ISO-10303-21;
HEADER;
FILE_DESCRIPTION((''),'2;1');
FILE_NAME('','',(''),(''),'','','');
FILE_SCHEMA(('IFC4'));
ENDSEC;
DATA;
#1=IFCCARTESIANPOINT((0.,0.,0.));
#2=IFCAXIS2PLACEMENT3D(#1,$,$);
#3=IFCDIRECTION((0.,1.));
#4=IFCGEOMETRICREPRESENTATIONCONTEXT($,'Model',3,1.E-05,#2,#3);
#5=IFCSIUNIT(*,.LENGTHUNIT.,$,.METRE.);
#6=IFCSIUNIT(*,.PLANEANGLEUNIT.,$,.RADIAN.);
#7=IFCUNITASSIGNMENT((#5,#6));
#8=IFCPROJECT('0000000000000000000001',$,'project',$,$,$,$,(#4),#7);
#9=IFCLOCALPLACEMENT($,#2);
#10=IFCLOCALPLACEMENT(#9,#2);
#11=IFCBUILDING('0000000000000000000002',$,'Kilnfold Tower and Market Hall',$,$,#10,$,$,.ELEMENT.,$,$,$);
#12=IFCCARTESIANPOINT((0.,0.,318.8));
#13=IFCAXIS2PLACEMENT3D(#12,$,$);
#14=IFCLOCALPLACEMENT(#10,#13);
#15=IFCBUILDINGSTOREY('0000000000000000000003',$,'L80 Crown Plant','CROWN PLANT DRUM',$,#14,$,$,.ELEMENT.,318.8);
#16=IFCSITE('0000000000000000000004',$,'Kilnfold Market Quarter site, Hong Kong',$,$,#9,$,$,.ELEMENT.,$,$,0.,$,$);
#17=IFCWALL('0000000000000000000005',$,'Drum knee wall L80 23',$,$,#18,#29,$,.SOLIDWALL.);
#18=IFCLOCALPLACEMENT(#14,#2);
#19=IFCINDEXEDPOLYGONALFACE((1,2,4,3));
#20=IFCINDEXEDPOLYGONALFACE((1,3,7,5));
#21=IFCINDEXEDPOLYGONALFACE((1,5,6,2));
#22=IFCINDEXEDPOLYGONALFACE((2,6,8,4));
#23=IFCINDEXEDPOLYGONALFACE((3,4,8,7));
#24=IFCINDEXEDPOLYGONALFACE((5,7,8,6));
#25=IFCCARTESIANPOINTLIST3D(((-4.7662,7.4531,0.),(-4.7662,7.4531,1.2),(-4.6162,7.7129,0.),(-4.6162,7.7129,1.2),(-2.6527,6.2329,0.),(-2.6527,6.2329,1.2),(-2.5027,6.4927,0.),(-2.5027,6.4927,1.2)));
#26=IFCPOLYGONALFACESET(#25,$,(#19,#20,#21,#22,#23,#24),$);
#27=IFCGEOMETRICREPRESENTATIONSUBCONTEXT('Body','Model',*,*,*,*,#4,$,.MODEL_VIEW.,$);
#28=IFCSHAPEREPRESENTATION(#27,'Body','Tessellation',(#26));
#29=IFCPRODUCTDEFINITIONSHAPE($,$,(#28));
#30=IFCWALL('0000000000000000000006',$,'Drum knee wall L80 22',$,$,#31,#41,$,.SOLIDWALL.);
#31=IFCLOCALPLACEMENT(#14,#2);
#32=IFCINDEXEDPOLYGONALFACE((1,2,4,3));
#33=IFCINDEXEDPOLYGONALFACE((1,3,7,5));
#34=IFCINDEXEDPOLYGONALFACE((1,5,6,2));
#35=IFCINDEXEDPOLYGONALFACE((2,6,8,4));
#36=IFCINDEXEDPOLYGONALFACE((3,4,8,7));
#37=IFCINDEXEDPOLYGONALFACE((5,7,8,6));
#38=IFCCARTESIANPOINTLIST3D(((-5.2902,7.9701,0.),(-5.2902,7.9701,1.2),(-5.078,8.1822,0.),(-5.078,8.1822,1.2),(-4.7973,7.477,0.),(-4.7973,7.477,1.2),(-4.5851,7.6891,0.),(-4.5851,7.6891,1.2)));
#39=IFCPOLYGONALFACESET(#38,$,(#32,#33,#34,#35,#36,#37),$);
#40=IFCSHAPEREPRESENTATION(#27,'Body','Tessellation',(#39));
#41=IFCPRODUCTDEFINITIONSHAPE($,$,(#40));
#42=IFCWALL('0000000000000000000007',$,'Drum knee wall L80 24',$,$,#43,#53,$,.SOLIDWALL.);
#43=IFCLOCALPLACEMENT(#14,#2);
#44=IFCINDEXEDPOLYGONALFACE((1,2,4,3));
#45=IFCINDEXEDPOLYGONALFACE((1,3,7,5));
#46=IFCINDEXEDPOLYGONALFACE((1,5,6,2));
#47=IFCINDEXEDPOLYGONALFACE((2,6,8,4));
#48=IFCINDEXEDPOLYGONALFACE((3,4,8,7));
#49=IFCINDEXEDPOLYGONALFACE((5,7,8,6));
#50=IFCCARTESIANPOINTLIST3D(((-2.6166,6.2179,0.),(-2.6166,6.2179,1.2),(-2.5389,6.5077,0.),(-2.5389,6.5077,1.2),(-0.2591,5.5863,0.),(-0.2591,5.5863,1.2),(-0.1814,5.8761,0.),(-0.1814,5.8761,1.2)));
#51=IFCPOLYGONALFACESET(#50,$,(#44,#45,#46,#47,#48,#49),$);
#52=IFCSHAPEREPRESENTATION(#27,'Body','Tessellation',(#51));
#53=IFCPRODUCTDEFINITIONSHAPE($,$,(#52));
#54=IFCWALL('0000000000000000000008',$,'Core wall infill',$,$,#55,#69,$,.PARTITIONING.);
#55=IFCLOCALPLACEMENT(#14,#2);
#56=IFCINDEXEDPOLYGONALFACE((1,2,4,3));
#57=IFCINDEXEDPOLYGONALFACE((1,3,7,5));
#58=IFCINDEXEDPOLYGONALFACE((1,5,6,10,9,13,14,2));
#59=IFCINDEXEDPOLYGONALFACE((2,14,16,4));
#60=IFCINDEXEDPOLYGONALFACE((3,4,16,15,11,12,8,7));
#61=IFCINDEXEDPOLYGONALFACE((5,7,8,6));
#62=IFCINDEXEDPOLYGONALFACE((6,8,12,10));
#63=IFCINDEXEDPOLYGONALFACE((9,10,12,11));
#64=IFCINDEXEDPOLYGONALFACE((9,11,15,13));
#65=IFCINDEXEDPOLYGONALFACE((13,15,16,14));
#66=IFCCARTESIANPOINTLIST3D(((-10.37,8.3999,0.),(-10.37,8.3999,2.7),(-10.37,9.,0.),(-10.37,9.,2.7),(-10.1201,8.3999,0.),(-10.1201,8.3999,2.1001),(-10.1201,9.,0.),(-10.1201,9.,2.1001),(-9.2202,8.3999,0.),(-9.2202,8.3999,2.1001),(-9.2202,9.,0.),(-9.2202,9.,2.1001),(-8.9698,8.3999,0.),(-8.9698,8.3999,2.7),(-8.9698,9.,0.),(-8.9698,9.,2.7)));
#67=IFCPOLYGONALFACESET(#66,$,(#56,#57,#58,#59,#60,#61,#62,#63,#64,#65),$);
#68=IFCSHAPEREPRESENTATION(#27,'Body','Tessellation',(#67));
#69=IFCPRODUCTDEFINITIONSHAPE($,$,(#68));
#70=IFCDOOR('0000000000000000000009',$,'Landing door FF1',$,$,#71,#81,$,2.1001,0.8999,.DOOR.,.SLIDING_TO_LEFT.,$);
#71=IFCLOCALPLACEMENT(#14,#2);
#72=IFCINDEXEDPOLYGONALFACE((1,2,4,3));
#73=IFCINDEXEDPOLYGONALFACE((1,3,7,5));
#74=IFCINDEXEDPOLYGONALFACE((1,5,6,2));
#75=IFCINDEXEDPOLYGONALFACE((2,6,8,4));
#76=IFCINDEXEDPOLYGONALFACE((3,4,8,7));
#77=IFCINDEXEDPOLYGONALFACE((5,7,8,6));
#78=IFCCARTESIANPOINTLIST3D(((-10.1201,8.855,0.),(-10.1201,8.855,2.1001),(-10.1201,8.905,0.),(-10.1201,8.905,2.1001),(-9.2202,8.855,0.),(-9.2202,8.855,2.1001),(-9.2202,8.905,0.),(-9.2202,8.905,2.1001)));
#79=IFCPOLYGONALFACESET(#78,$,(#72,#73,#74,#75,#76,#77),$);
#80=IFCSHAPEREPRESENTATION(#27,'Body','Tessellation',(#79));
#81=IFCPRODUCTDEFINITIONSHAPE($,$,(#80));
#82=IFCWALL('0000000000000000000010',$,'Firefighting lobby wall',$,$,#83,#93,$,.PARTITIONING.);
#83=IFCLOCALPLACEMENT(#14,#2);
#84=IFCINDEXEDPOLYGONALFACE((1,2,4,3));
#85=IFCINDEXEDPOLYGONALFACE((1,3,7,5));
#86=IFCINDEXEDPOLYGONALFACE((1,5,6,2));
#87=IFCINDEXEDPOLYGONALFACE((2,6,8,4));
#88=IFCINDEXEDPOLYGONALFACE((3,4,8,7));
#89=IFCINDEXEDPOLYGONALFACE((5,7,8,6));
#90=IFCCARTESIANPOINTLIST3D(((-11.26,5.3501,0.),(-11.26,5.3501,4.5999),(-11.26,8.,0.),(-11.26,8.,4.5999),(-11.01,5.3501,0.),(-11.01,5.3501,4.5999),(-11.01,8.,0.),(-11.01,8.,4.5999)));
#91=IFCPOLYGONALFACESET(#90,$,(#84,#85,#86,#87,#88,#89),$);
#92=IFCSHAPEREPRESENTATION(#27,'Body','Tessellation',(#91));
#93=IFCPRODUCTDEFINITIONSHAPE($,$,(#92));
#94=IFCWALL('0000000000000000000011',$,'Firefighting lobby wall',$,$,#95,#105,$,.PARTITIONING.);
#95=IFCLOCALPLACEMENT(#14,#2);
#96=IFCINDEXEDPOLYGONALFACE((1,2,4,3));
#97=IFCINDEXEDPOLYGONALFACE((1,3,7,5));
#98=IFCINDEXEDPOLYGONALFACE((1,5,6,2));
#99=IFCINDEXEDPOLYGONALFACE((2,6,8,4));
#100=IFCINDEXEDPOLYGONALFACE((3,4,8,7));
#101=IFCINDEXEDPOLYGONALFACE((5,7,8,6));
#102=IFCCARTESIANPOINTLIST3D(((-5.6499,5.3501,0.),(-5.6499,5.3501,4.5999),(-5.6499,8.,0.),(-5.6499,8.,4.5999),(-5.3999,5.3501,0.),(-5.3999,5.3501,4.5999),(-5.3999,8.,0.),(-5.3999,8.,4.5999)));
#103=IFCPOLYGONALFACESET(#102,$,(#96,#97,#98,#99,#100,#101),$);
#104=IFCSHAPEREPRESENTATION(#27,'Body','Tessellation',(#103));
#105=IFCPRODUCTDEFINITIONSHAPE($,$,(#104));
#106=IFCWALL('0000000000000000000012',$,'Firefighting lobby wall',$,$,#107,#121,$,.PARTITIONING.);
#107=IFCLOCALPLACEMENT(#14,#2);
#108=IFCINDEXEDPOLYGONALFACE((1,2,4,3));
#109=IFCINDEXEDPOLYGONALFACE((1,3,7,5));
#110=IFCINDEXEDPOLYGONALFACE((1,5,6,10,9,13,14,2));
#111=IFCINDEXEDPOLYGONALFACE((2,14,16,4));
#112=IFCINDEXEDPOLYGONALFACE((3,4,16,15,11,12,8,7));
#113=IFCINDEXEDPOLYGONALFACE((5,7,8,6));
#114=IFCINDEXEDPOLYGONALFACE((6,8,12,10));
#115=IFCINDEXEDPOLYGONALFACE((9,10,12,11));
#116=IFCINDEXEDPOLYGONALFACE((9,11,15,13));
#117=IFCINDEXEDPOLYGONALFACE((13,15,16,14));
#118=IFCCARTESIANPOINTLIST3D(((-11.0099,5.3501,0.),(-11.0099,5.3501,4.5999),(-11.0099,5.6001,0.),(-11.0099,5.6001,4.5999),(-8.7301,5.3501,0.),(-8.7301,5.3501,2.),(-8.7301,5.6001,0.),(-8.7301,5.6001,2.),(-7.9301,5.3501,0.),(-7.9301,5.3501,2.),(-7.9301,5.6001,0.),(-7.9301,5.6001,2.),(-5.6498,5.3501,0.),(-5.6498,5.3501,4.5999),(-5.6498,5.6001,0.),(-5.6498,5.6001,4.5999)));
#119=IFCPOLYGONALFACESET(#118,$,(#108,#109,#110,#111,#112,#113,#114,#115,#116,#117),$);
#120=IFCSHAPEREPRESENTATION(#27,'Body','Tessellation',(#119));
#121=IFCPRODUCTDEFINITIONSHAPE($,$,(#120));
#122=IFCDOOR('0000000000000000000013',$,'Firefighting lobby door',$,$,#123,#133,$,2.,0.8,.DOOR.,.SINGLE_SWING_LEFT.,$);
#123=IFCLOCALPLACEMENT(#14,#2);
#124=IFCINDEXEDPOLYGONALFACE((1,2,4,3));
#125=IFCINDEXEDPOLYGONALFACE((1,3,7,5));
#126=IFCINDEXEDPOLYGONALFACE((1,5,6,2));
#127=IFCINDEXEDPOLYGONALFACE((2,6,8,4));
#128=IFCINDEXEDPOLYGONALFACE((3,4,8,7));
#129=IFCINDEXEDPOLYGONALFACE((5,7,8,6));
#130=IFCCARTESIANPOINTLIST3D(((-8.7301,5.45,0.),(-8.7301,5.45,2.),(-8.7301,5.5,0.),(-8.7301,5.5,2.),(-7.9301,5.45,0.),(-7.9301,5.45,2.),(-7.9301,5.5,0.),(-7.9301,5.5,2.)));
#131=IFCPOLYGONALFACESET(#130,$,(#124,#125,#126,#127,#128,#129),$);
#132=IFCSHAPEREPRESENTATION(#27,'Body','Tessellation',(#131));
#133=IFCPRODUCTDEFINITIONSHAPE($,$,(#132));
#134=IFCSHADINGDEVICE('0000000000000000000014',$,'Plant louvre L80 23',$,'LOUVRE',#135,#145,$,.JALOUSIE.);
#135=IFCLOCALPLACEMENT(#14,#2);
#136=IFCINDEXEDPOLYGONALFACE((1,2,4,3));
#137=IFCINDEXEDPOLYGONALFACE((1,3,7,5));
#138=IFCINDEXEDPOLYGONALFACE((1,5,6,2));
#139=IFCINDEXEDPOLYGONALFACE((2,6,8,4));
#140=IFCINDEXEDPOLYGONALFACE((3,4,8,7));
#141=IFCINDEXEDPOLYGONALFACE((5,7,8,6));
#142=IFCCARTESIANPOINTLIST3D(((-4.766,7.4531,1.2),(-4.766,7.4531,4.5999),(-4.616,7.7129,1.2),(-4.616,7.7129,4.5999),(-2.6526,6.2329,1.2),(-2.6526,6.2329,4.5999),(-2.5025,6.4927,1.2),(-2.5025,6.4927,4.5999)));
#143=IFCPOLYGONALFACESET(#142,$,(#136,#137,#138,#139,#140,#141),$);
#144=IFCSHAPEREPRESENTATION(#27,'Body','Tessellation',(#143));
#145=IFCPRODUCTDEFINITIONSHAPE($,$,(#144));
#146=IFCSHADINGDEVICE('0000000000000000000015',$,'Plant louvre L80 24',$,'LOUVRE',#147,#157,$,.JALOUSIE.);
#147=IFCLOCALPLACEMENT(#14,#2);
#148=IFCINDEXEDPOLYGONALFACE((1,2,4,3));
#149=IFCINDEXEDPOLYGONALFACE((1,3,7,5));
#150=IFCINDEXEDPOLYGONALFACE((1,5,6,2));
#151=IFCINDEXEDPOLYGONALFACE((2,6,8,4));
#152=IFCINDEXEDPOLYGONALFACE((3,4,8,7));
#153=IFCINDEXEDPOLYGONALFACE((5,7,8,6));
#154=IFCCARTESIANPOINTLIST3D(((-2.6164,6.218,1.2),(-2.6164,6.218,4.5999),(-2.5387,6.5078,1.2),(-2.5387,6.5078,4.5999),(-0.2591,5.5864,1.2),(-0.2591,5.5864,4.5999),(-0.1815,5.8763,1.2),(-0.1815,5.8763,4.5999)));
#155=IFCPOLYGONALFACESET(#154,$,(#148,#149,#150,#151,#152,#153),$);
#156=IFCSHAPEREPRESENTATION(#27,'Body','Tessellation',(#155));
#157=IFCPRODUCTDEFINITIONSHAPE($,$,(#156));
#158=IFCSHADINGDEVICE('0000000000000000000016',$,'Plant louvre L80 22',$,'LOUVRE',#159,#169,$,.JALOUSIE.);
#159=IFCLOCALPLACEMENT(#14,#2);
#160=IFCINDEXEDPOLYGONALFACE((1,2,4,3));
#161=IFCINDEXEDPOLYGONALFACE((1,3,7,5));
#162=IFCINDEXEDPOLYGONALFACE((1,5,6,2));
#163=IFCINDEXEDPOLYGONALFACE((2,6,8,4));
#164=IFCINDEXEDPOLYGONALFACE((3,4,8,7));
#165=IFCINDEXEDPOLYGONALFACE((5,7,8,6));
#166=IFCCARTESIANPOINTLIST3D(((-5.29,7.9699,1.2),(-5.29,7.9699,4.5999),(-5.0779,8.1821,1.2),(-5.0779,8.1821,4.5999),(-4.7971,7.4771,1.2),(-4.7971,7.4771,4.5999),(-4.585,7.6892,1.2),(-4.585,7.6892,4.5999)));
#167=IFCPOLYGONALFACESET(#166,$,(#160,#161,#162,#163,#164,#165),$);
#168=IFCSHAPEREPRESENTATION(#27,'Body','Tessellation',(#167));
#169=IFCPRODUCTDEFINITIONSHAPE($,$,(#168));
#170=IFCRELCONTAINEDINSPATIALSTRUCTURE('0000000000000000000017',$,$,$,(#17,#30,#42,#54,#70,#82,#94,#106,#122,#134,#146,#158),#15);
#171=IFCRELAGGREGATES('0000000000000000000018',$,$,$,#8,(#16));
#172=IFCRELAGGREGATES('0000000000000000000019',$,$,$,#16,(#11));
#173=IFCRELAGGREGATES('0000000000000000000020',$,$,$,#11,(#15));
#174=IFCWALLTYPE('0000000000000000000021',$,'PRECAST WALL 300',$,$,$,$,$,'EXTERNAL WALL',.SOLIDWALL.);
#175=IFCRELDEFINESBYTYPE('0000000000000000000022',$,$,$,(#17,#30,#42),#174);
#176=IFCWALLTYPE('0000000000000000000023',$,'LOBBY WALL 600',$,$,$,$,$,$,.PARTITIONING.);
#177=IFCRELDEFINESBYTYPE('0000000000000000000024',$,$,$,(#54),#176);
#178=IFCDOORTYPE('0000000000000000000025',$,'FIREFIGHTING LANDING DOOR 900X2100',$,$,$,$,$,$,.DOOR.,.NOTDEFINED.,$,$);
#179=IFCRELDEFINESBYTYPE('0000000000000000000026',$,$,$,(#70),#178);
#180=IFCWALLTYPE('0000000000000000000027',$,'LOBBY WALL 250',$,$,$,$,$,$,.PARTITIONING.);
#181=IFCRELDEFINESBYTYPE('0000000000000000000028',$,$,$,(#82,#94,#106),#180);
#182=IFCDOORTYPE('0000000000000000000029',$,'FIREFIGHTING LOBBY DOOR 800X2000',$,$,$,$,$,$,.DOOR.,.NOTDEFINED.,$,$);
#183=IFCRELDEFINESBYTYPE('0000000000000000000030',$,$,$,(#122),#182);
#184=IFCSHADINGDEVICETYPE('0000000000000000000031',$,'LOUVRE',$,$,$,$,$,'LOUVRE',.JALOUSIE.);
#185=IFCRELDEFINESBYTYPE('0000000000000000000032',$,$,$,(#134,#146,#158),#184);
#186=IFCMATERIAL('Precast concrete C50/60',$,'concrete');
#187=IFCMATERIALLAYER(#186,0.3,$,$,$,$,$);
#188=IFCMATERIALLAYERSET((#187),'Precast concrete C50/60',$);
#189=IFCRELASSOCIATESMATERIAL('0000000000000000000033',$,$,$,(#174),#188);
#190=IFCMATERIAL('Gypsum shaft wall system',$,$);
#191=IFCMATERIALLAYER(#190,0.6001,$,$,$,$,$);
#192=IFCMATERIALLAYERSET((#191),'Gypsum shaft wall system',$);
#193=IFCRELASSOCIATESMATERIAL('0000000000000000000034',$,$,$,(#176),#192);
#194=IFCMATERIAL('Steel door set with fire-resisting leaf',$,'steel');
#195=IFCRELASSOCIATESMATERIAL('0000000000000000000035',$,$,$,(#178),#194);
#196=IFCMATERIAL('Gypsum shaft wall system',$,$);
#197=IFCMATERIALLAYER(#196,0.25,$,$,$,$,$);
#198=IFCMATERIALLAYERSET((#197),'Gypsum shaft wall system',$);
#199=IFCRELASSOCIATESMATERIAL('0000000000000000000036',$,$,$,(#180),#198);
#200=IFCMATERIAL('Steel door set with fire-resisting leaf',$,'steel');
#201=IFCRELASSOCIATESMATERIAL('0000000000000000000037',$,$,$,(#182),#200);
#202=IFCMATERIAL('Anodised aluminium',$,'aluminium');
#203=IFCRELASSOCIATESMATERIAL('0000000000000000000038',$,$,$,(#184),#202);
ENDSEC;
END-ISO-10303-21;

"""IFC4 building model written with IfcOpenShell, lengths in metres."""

from ifc_helpers import new_model, si_unit, direction, frame, frame_2d, origin, origin_2d, place, context, subcontext, project, spatial, rectangle, extrude, source, transform, mapped, material, layer, layer_set, type_object, element, fill, save


model = new_model("IFC4")

# Units and contexts
model_context = context("Model", 3, precision=1e-05, world=origin(), true_north=direction((0.0, 1.0)))
body_context = subcontext(model_context, "Body", "Model", "MODEL_VIEW")
ifc_project = project(units=[si_unit("LENGTHUNIT", "METRE"), si_unit("PLANEANGLEUNIT", "RADIAN")], contexts=[model_context])

# Site, building, storey
site_placement = place(None, origin())
site = spatial("IfcSite", under=ifc_project, at=site_placement, Name="Kilnfold Market Quarter site, Hong Kong", CompositionType="ELEMENT", RefElevation=0.0)
building_placement = place(site_placement, origin())
building = spatial("IfcBuilding", under=site, at=building_placement, Name="Kilnfold Tower and Market Hall", CompositionType="ELEMENT")
storey_placement = place(building_placement, frame((0.0, 0.0, 318.8)))
storey = spatial("IfcBuildingStorey", under=building, at=storey_placement, Name="L80 Crown Plant", Description="CROWN PLANT DRUM", CompositionType="ELEMENT", Elevation=318.8)

# Walls
ifc_material_1 = material(Name="Precast concrete C50/60", Category="concrete")
ifc_layer_1 = layer(ifc_material_1, 0.3)
ifc_layer_set_1 = layer_set([ifc_layer_1], Name="Precast concrete C50/60")
wall_type_1 = type_object("IfcWallType", Name="PRECAST WALL 300", ElementType="EXTERNAL WALL", PredefinedType="SOLIDWALL", material=ifc_layer_set_1)
shared_shape_1 = source(origin(), body_context, "Body", "SweptSolid", [
    extrude(rectangle(XDim=2.4404, YDim=0.3, at=frame_2d((1.2202, 0.0))), origin(), (0.0, 0.0, 1.0), 1.2),
])
for number, where, z_axis, x_axis, name in (
    (1, (-4.6912, 7.583, 0.0), (0.0, 0.0, 1.0), (0.866031, -0.499991, 0.0), "Drum knee wall L80 23"),
):
    element("IfcWall", number, at=place(storey_placement, frame(where, z_axis=z_axis, x_axis=x_axis)), inside=storey, type_object=wall_type_1, Name=name, PredefinedType="SOLIDWALL", context=body_context, shape_type="MappedRepresentation", body=[
        mapped(shared_shape_1, transform((0.0, 0.0, 0.0))),
    ])
shared_shape_2 = source(origin(), body_context, "Body", "SweptSolid", [
    extrude(rectangle(XDim=0.6973, YDim=0.3, at=frame_2d((0.3486, 0.0))), origin(), (0.0, 0.0, 1.0), 1.2),
])
wall_1_placement = place(storey_placement, frame((-5.1841, 8.0762, 0.0), z_axis=(0.0, 0.0, 1.0), x_axis=(0.706932, -0.707282, 0.0)))
element("IfcWall", 2, at=wall_1_placement, inside=storey, type_object=wall_type_1, Name="Drum knee wall L80 22", PredefinedType="SOLIDWALL", context=body_context, shape_type="MappedRepresentation", body=[
    mapped(shared_shape_2, transform((0.0, 0.0, 0.0))),
])
shared_shape_3 = source(origin(), body_context, "Body", "SweptSolid", [
    extrude(rectangle(XDim=2.4407, YDim=0.3, at=frame_2d((1.2202, 0.0))), origin(), (0.0, 0.0, 1.0), 1.2),
])
wall_2_placement = place(storey_placement, frame((-2.5776, 6.3628, 0.0), z_axis=(0.0, 0.0, 1.0), x_axis=(0.965934, -0.258789, 0.0)))
element("IfcWall", 3, at=wall_2_placement, inside=storey, type_object=wall_type_1, Name="Drum knee wall L80 24", PredefinedType="SOLIDWALL", context=body_context, shape_type="MappedRepresentation", body=[
    mapped(shared_shape_3, transform((0.0, 0.0, 0.0))),
])

# Wall, opening, door
ifc_material_2 = material(Name="Gypsum shaft wall system")
ifc_layer_2 = layer(ifc_material_2, 0.6001)
ifc_layer_set_2 = layer_set([ifc_layer_2], Name="Gypsum shaft wall system")
wall_type_2 = type_object("IfcWallType", Name="LOBBY WALL 600", PredefinedType="PARTITIONING", material=ifc_layer_set_2)
shared_shape_4 = source(origin(), body_context, "Body", "SweptSolid", [
    extrude(rectangle(XDim=1.4001, YDim=0.6001, at=frame_2d((0.7002, 0.0))), origin(), (0.0, 0.0, 1.0), 2.7),
])
wall_3_placement = place(storey_placement, frame((-10.3701, 8.7, 0.0), z_axis=(0.0, 0.0, 1.0), x_axis=(1.0, 0.0, 0.0)))
wall_3 = element("IfcWall", 4, at=wall_3_placement, inside=storey, type_object=wall_type_2, Name="Core wall infill", PredefinedType="PARTITIONING", context=body_context, shape_type="MappedRepresentation", body=[
    mapped(shared_shape_4, transform((0.0, 0.0, 0.0))),
])
opening_1_placement = place(wall_3_placement, frame((0.25, 0.0, 0.0)))
opening_1 = element("IfcOpeningElement", 5, at=opening_1_placement, cuts=wall_3, PredefinedType="OPENING", context=body_context, shape_type="SweptSolid", body=[
    extrude(rectangle(XDim=0.8999, YDim=2.1001, at=frame_2d((0.45, 1.05))), frame((0.0, 0.3101, 0.0), z_axis=(0.0, -1.0, 0.0), x_axis=(1.0, 0.0, 0.0)), (0.0, 0.0, 1.0), 0.6201),
])
ifc_material_3 = material(Name="Steel door set with fire-resisting leaf", Category="steel")
door_type_1 = type_object("IfcDoorType", Name="FIREFIGHTING LANDING DOOR 900X2100", OperationType="NOTDEFINED", PredefinedType="DOOR", material=ifc_material_3)
door_1_placement = place(opening_1_placement, origin())
door_1 = element("IfcDoor", 6, at=door_1_placement, inside=storey, type_object=door_type_1, Name="Landing door FF1", OperationType="SLIDING_TO_LEFT", OverallHeight=2.1001, OverallWidth=0.8999, PredefinedType="DOOR", context=body_context, shape_type="SweptSolid", body=[
    extrude(rectangle(XDim=0.8999, YDim=2.1001, at=frame_2d((0.45, 1.05))), frame((0.0, 0.2051, 0.0), z_axis=(0.0, -1.0, 0.0), x_axis=(1.0, 0.0, 0.0)), (0.0, 0.0, 1.0), 0.05),
])
fill(opening_1, door_1)

# Walls
ifc_material_4 = material(Name="Gypsum shaft wall system")
ifc_layer_3 = layer(ifc_material_4, 0.25)
ifc_layer_set_3 = layer_set([ifc_layer_3], Name="Gypsum shaft wall system")
wall_type_3 = type_object("IfcWallType", Name="LOBBY WALL 250", PredefinedType="PARTITIONING", material=ifc_layer_set_3)
shared_shape_5 = source(origin(), body_context, "Body", "SweptSolid", [
    extrude(rectangle(XDim=2.6499, YDim=0.25, at=frame_2d((1.325, 0.0))), origin(), (0.0, 0.0, 1.0), 4.5999),
])
for number, where, z_axis, x_axis, name in (
    (7, (-11.135, 5.3501, 0.0), (0.0, 0.0, 1.0), (0.0, 1.0, 0.0), "Firefighting lobby wall"),
    (8, (-5.5249, 5.3501, 0.0), (0.0, 0.0, 1.0), (0.0, 1.0, 0.0), "Firefighting lobby wall"),
):
    element("IfcWall", number, at=place(storey_placement, frame(where, z_axis=z_axis, x_axis=x_axis)), inside=storey, type_object=wall_type_3, Name=name, PredefinedType="PARTITIONING", context=body_context, shape_type="MappedRepresentation", body=[
        mapped(shared_shape_5, transform((0.0, 0.0, 0.0))),
    ])

# Wall, opening, door
shared_shape_6 = source(origin(), body_context, "Body", "SweptSolid", [
    extrude(rectangle(XDim=5.3601, YDim=0.25, at=frame_2d((2.6802, 0.0))), origin(), (0.0, 0.0, 1.0), 4.5999),
])
wall_4_placement = place(storey_placement, frame((-11.01, 5.4751, 0.0), z_axis=(0.0, 0.0, 1.0), x_axis=(1.0, 0.0, 0.0)))
wall_4 = element("IfcWall", 9, at=wall_4_placement, inside=storey, type_object=wall_type_3, Name="Firefighting lobby wall", PredefinedType="PARTITIONING", context=body_context, shape_type="MappedRepresentation", body=[
    mapped(shared_shape_6, transform((0.0, 0.0, 0.0))),
])
opening_2_placement = place(wall_4_placement, frame((2.28, 0.0, 0.0)))
opening_2 = element("IfcOpeningElement", 10, at=opening_2_placement, cuts=wall_4, PredefinedType="OPENING", context=body_context, shape_type="SweptSolid", body=[
    extrude(rectangle(XDim=0.8, YDim=2.0, at=frame_2d((0.3999, 1.0))), frame((0.0, 0.135, 0.0), z_axis=(0.0, -1.0, 0.0), x_axis=(1.0, 0.0, 0.0)), (0.0, 0.0, 1.0), 0.27),
])
ifc_material_5 = material(Name="Steel door set with fire-resisting leaf", Category="steel")
door_type_2 = type_object("IfcDoorType", Name="FIREFIGHTING LOBBY DOOR 800X2000", OperationType="NOTDEFINED", PredefinedType="DOOR", material=ifc_material_5)
door_2_placement = place(opening_2_placement, origin())
door_2 = element("IfcDoor", 11, at=door_2_placement, inside=storey, type_object=door_type_2, Name="Firefighting lobby door", OperationType="SINGLE_SWING_LEFT", OverallHeight=2.0, OverallWidth=0.8, PredefinedType="DOOR", context=body_context, shape_type="SweptSolid", body=[
    extrude(rectangle(XDim=0.8, YDim=2.0, at=frame_2d((0.3999, 1.0))), frame((0.0, 0.0249, 0.0), z_axis=(0.0, -1.0, 0.0), x_axis=(1.0, 0.0, 0.0)), (0.0, 0.0, 1.0), 0.05),
])
fill(opening_2, door_2)

# Shading devices
ifc_material_6 = material(Name="Anodised aluminium", Category="aluminium")
shading_device_type = type_object("IfcShadingDeviceType", Name="LOUVRE", ElementType="LOUVRE", PredefinedType="JALOUSIE", material=ifc_material_6)
shared_shape_7 = source(origin(), body_context, "Body", "SweptSolid", [
    extrude(rectangle(XDim=2.4404, YDim=0.3, at=origin_2d()), origin(), (0.0, 0.0, 1.0), 3.3999),
])
for number, where, z_axis, x_axis, name in (
    (12, (-3.6343, 6.9729, 1.2), (0.0, 0.0, 1.0), (0.866021, -0.500008, 0.0), "Plant louvre L80 23"),
    (13, (-1.3989, 6.0471, 1.2), (0.0, 0.0, 1.0), (0.965933, -0.258792, 0.0), "Plant louvre L80 24"),
):
    element("IfcShadingDevice", number, at=place(storey_placement, frame(where, z_axis=z_axis, x_axis=x_axis)), inside=storey, type_object=shading_device_type, Name=name, ObjectType="LOUVRE", PredefinedType="JALOUSIE", context=body_context, shape_type="MappedRepresentation", body=[
        mapped(shared_shape_7, transform((0.0, 0.0, 0.0))),
    ])
shared_shape_8 = source(origin(), body_context, "Body", "SweptSolid", [
    extrude(rectangle(XDim=0.697, YDim=0.3, at=origin_2d()), origin(), (0.0, 0.0, 1.0), 3.3999),
])
shading_device_placement = place(storey_placement, frame((-4.9375, 7.8296, 1.2), z_axis=(0.0, 0.0, 1.0), x_axis=(0.707107, -0.707107, 0.0)))
element("IfcShadingDevice", 14, at=shading_device_placement, inside=storey, type_object=shading_device_type, Name="Plant louvre L80 22", ObjectType="LOUVRE", PredefinedType="JALOUSIE", context=body_context, shape_type="MappedRepresentation", body=[
    mapped(shared_shape_8, transform((0.0, 0.0, 0.0))),
])

save(model, "model.ifc")
